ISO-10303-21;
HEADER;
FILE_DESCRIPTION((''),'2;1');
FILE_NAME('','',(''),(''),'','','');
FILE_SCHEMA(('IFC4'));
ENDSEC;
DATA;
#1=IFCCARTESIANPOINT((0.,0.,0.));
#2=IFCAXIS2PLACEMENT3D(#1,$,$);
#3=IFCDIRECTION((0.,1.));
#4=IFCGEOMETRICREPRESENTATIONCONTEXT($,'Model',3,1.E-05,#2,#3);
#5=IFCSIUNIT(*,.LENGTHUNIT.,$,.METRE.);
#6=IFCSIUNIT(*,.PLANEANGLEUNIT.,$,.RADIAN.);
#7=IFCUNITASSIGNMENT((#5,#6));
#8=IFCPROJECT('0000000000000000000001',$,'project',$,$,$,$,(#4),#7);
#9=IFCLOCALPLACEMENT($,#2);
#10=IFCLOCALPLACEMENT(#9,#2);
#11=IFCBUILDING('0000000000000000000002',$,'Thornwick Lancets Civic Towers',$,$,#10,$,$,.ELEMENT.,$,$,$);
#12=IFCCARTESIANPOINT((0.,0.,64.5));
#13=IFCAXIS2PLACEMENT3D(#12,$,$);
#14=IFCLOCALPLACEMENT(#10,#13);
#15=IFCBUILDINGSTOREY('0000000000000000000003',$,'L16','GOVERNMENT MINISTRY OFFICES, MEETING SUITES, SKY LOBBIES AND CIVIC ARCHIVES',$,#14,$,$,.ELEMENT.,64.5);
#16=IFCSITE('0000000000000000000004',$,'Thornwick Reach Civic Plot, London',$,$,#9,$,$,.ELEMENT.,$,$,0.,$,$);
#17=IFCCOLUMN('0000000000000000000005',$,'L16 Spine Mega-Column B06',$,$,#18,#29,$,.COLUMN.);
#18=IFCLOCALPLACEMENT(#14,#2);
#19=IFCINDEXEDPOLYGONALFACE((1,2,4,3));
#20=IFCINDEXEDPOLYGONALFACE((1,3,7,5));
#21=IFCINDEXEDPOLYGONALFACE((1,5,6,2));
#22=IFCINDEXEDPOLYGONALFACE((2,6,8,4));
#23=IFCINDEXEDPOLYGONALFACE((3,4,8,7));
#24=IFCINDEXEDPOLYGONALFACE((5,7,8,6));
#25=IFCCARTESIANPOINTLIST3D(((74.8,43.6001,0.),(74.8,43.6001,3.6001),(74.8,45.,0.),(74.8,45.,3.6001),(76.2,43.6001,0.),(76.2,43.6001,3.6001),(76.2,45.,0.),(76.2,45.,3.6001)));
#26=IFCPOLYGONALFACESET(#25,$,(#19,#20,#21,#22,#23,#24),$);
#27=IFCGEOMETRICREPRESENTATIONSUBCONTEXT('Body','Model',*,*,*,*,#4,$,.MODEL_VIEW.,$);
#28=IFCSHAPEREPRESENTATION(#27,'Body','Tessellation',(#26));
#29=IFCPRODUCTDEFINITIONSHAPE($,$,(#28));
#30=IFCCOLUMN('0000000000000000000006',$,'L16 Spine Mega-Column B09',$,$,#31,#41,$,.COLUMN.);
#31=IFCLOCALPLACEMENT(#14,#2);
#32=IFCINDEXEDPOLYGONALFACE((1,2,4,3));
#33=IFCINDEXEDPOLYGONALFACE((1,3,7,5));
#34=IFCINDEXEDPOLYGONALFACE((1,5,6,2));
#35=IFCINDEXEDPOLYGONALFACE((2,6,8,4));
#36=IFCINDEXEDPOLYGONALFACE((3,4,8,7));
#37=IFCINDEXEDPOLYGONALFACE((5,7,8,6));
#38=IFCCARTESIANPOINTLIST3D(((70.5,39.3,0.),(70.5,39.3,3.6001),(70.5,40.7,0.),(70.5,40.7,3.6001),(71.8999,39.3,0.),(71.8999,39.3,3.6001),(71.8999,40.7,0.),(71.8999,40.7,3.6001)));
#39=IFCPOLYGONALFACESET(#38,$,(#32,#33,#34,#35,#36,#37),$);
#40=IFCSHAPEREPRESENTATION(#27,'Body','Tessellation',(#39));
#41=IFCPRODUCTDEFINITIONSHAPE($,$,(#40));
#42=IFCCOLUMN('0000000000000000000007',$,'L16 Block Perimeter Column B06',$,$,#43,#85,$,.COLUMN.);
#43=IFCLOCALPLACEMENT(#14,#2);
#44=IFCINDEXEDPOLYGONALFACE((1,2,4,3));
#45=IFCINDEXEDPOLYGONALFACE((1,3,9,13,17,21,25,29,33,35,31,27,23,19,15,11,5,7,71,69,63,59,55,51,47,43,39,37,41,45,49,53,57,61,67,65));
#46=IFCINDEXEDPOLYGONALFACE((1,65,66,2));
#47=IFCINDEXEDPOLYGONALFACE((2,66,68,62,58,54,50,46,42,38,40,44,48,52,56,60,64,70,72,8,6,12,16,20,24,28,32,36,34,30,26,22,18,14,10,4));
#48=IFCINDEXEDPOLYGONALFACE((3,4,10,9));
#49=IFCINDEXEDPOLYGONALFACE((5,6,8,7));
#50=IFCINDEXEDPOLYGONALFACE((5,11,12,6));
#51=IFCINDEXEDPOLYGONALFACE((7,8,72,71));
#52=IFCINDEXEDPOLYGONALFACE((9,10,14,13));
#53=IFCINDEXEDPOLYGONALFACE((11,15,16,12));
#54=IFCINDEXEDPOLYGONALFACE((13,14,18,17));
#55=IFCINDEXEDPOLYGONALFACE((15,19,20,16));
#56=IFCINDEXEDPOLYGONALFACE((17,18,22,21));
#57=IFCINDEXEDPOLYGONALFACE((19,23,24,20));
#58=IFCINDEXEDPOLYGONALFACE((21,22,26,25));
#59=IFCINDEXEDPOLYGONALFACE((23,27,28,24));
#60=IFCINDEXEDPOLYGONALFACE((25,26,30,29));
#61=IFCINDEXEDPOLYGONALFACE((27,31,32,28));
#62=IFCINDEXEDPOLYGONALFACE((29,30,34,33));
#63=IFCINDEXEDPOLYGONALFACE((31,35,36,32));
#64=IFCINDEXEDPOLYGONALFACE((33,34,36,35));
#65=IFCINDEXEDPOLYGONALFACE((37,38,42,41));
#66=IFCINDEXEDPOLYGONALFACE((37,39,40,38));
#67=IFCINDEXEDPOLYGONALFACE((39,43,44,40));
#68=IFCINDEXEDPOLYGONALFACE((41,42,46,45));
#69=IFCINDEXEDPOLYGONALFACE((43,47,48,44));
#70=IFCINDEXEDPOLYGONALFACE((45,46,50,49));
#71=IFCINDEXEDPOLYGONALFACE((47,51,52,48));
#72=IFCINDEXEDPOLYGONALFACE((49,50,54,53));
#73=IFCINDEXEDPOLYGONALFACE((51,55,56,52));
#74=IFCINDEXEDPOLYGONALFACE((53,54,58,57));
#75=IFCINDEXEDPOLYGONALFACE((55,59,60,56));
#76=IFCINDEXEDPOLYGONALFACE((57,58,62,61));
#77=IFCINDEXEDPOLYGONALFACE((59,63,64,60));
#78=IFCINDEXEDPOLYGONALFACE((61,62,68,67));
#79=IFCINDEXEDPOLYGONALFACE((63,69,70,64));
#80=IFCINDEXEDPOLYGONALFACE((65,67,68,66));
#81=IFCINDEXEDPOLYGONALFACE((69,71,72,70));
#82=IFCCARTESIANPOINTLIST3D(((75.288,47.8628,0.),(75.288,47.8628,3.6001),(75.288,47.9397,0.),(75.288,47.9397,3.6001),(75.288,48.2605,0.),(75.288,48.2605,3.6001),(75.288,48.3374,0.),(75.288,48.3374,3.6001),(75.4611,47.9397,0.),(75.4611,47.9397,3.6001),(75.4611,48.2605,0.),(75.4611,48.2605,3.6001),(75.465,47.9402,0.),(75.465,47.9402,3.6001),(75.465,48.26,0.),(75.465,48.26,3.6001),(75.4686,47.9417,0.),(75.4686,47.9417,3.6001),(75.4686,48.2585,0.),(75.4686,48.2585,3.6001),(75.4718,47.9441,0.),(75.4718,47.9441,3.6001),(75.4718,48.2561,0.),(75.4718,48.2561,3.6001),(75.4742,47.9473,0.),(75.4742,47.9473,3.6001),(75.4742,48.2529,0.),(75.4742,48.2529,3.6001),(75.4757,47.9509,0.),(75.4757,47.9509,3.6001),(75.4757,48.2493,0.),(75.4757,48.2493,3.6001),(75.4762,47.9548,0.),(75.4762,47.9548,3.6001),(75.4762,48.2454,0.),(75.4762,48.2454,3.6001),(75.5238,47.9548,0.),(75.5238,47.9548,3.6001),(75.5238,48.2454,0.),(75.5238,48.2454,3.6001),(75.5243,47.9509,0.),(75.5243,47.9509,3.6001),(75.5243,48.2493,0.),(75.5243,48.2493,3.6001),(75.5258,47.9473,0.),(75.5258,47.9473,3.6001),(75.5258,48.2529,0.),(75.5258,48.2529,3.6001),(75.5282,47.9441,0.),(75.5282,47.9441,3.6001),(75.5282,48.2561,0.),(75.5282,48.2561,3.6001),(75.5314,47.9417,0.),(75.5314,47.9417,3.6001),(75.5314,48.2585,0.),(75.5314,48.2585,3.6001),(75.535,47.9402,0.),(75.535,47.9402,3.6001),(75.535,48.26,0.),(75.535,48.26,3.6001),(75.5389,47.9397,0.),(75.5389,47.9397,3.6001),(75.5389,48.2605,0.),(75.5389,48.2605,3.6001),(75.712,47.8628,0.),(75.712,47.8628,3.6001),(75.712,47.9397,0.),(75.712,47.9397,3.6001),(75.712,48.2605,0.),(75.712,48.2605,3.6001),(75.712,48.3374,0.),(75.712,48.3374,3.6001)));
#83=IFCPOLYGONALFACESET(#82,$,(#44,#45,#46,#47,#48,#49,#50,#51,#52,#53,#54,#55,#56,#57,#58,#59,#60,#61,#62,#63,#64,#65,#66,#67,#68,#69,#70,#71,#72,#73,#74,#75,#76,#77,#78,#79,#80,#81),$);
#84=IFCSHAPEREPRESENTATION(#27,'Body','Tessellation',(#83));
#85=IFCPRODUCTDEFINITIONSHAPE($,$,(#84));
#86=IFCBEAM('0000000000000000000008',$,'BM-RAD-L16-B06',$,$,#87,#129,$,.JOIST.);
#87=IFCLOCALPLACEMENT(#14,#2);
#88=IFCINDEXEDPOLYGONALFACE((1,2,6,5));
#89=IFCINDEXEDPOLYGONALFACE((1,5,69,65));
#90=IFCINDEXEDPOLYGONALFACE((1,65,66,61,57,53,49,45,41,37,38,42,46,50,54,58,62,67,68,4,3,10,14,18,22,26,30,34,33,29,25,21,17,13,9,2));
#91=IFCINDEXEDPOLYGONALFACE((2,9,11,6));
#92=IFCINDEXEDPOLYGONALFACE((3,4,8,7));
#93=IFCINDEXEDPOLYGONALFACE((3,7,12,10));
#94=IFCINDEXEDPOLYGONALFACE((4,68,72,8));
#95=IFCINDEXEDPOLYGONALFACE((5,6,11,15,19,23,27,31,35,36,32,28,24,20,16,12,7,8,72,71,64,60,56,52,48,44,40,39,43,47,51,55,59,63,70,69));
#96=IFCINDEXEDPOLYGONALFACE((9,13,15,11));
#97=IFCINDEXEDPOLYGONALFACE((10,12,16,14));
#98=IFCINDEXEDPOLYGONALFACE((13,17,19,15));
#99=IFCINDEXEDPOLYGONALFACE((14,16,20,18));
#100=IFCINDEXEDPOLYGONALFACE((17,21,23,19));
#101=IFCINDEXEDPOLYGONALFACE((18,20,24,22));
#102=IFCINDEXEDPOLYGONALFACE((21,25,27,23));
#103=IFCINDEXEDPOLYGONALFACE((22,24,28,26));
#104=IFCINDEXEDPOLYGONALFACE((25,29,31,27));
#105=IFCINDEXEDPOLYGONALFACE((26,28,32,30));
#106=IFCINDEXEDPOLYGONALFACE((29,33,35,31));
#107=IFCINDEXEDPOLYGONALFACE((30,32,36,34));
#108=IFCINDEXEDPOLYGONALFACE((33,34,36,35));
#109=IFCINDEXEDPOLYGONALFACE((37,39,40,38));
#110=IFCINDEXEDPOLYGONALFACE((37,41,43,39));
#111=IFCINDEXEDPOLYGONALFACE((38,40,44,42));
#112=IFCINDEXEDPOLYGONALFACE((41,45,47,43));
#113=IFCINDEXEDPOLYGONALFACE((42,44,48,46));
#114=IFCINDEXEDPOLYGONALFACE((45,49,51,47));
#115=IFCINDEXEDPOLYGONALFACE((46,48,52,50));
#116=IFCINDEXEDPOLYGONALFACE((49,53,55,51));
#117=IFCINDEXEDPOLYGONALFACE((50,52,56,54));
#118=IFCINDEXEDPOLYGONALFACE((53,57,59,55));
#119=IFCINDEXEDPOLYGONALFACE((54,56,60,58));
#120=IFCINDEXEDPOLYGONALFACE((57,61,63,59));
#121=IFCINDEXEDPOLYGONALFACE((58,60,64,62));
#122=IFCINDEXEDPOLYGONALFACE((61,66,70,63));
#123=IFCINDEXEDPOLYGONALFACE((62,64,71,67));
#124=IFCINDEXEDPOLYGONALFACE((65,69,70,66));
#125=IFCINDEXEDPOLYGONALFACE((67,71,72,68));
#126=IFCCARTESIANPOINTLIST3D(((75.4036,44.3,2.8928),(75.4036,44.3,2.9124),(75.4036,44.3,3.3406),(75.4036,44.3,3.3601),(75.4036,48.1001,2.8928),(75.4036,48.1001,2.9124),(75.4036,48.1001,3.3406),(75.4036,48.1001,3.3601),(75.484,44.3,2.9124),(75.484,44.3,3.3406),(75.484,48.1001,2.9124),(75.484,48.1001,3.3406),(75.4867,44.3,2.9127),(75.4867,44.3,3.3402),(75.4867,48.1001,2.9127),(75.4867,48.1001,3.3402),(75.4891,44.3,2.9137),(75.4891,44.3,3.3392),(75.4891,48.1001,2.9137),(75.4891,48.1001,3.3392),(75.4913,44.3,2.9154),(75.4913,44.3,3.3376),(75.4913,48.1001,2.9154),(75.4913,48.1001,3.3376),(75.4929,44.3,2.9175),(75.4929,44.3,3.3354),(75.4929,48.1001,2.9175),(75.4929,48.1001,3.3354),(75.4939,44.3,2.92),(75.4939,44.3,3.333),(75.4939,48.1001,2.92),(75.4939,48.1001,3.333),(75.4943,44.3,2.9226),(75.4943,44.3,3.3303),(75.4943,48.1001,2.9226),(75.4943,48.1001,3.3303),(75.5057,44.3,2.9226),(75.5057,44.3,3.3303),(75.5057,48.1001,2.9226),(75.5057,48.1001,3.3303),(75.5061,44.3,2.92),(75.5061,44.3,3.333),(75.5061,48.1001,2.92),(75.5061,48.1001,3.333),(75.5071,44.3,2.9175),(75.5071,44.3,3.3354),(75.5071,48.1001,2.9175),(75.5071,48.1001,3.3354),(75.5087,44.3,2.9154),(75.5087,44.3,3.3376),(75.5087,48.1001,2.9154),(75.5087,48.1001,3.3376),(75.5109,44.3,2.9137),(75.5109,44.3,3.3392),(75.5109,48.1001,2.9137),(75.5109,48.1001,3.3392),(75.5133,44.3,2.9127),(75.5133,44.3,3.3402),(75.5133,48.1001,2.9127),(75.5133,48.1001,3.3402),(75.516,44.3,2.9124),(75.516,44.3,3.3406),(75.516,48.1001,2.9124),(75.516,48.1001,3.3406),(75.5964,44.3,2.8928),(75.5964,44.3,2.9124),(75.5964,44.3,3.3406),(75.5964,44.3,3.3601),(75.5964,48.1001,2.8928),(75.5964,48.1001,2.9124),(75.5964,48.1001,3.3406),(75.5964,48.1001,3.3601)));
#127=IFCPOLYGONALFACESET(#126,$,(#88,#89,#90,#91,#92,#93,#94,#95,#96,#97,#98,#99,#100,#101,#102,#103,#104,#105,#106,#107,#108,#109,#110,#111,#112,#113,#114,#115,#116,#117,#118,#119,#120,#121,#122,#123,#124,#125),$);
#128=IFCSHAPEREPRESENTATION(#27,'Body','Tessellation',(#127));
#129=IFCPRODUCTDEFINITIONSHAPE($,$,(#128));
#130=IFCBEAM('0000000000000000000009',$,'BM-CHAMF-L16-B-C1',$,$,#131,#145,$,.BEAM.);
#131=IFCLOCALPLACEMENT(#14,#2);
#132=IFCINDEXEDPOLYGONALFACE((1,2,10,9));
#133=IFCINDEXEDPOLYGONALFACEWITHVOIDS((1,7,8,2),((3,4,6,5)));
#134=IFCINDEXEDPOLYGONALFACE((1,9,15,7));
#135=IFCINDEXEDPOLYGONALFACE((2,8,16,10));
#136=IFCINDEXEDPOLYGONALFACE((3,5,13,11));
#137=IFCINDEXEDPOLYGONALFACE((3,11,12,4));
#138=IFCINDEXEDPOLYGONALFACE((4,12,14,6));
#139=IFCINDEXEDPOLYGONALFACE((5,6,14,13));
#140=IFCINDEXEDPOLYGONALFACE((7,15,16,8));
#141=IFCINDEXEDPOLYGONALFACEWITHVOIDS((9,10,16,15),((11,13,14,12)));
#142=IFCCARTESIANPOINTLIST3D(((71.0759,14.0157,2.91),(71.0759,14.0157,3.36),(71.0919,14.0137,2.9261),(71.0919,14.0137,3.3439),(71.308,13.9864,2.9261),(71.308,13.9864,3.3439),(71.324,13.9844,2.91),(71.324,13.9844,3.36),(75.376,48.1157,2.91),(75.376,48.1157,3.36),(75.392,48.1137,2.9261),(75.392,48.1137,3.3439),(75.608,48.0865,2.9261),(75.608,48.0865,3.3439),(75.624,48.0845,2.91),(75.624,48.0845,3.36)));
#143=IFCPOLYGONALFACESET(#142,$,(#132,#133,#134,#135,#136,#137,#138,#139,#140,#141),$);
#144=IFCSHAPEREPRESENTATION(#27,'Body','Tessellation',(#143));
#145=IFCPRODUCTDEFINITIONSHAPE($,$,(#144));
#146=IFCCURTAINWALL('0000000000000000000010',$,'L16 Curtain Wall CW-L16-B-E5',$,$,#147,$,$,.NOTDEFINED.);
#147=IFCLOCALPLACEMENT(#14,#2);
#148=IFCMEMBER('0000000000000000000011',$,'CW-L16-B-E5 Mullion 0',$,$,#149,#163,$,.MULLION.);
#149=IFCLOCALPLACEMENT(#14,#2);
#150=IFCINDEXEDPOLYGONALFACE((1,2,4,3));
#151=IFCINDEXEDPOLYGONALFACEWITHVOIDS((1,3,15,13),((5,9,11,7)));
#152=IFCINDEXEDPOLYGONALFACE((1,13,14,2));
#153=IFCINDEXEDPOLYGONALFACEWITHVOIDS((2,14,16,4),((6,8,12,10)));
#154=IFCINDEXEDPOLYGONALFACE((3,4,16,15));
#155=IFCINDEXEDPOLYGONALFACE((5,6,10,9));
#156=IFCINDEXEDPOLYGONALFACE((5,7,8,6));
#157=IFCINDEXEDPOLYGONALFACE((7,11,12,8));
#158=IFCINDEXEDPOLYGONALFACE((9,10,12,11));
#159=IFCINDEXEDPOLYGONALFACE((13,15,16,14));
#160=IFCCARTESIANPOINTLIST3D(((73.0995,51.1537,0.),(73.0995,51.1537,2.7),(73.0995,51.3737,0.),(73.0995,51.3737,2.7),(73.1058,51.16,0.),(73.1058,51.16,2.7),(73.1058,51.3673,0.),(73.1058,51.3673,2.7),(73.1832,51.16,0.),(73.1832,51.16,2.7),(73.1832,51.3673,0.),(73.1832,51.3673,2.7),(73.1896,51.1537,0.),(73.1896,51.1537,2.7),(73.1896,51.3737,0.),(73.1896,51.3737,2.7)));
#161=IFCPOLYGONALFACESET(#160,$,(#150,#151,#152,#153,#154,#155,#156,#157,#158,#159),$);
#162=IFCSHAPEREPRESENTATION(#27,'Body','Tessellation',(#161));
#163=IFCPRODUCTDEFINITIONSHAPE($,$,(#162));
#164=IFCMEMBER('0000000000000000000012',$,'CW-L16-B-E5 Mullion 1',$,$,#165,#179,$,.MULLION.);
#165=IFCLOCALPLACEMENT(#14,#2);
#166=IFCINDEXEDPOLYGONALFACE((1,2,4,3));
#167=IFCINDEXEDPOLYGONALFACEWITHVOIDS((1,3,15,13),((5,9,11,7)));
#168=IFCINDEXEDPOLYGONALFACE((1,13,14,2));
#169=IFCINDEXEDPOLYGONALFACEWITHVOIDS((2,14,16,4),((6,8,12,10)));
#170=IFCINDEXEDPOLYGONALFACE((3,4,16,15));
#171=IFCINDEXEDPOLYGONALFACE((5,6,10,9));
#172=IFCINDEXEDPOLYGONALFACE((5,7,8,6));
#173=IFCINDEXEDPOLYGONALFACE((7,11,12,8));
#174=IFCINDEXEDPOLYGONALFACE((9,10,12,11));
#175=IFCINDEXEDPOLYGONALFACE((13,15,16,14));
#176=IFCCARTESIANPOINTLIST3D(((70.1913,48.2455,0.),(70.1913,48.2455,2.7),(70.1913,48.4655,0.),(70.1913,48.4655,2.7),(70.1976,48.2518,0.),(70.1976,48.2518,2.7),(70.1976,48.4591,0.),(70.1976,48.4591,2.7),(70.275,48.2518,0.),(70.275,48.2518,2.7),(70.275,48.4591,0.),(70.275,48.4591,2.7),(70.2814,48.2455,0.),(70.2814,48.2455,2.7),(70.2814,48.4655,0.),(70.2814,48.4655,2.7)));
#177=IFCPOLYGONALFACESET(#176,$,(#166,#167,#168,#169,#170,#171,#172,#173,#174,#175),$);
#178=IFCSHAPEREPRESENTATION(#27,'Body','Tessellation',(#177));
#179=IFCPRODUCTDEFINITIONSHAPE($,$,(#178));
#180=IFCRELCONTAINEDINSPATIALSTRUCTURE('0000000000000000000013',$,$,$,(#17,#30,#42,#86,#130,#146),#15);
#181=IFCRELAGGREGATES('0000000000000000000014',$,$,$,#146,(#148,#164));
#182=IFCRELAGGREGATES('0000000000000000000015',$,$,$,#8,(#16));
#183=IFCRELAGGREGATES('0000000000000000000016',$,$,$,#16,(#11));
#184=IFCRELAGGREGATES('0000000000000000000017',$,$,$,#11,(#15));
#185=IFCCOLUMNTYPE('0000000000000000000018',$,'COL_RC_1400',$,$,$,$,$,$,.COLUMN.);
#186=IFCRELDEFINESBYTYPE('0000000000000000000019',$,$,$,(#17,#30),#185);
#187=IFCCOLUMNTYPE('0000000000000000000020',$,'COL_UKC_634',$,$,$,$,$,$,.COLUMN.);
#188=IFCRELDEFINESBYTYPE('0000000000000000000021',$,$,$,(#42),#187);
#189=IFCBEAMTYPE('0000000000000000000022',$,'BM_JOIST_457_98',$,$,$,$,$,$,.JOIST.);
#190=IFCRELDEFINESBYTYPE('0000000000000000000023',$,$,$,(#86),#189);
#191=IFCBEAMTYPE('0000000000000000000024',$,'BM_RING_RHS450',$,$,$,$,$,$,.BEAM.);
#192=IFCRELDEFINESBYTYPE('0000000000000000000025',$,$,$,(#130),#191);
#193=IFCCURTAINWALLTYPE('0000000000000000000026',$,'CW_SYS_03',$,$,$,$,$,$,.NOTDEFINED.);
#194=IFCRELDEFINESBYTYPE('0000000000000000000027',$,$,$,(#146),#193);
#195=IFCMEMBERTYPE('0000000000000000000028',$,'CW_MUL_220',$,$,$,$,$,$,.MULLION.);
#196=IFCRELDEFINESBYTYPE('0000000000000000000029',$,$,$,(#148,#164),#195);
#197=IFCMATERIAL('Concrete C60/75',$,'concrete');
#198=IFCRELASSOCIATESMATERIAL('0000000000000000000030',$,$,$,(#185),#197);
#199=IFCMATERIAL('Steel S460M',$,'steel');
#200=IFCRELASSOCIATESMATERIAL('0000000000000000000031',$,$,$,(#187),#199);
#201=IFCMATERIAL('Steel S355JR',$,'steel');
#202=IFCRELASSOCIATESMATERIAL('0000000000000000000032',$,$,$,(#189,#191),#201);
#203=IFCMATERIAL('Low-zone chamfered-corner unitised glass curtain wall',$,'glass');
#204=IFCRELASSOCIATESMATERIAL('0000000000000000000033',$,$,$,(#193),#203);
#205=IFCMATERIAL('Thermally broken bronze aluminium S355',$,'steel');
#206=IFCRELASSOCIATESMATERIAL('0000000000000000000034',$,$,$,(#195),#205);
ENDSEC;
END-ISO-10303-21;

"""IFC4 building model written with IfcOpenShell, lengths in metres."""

from ifc_helpers import new_model, si_unit, direction, frame, origin, origin_2d, place, context, subcontext, project, spatial, rectangle, hollow_rectangle, i_section, extrude, material, material_profile, profile_set, type_object, element, aggregate, save


model = new_model("IFC4")

# Units and contexts
model_context = context("Model", 3, precision=1e-05, world=origin(), true_north=direction((0.0, 1.0)))
body_context = subcontext(model_context, "Body", "Model", "MODEL_VIEW")
ifc_project = project(units=[si_unit("LENGTHUNIT", "METRE"), si_unit("PLANEANGLEUNIT", "RADIAN")], contexts=[model_context])

# Site, building, storey
site_placement = place(None, origin())
site = spatial("IfcSite", under=ifc_project, at=site_placement, Name="Thornwick Reach Civic Plot, London", CompositionType="ELEMENT", RefElevation=0.0)
building_placement = place(site_placement, origin())
building = spatial("IfcBuilding", under=site, at=building_placement, Name="Thornwick Lancets Civic Towers", CompositionType="ELEMENT")
storey_placement = place(building_placement, frame((0.0, 0.0, 64.5)))
storey = spatial("IfcBuildingStorey", under=building, at=storey_placement, Name="L16", Description="GOVERNMENT MINISTRY OFFICES, MEETING SUITES, SKY LOBBIES AND CIVIC ARCHIVES", CompositionType="ELEMENT", Elevation=64.5)

# Columns
ifc_material_1 = material(Name="Concrete C60/75", Category="concrete")
ifc_material_profile_1 = material_profile(ifc_material_1, rectangle(XDim=1.3999, YDim=1.3999, at=origin_2d()), Name="RC 1400x1400")
ifc_profile_set_1 = profile_set([ifc_material_profile_1], Name="Concrete C60/75")
column_type_1 = type_object("IfcColumnType", Name="COL_RC_1400", PredefinedType="COLUMN", material=ifc_profile_set_1)
for number, where, z_axis, x_axis, name in (
    (1, (75.5, 44.3, 0.0), (0.0, 0.0, 1.0), (1.0, 0.0, 0.0), "L16 Spine Mega-Column B06"),
    (2, (71.2, 40.0, 0.0), (0.0, 0.0, 1.0), (1.0, 0.0, 0.0), "L16 Spine Mega-Column B09"),
):
    element("IfcColumn", number, at=place(storey_placement, frame(where, z_axis=z_axis, x_axis=x_axis)), inside=storey, type_object=column_type_1, Name=name, PredefinedType="COLUMN", context=body_context, shape_type="SweptSolid", body=[
        extrude(rectangle(XDim=1.3999, YDim=1.3999, at=origin_2d()), origin(), (0.0, 0.0, 1.0), 3.6001),
    ])
ifc_material_2 = material(Name="Steel S460M", Category="steel")
ifc_material_profile_2 = material_profile(ifc_material_2, i_section(OverallWidth=0.4241, OverallDepth=0.4746, WebThickness=0.0476, FlangeThickness=0.0769, FilletRadius=0.0151, at=origin_2d()), Name="UKC 356x406x634")
ifc_profile_set_2 = profile_set([ifc_material_profile_2], Name="Steel S460M")
column_type_2 = type_object("IfcColumnType", Name="COL_UKC_634", PredefinedType="COLUMN", material=ifc_profile_set_2)
column_placement = place(storey_placement, frame((75.5, 48.1001, 0.0), z_axis=(0.0, 0.0, 1.0), x_axis=(1.0, 0.0, 0.0)))
element("IfcColumn", 3, at=column_placement, inside=storey, type_object=column_type_2, Name="L16 Block Perimeter Column B06", PredefinedType="COLUMN", context=body_context, shape_type="SweptSolid", body=[
    extrude(i_section(OverallWidth=0.4241, OverallDepth=0.4746, WebThickness=0.0476, FlangeThickness=0.0769, FilletRadius=0.0151, at=origin_2d()), origin(), (0.0, 0.0, 1.0), 3.6001),
])

# Beams
ifc_material_3 = material(Name="Steel S355JR", Category="steel")
ifc_material_profile_3 = material_profile(ifc_material_3, i_section(OverallWidth=0.1929, OverallDepth=0.4673, WebThickness=0.0115, FlangeThickness=0.0195, FilletRadius=0.0103, at=origin_2d()), Name="UKB 457x191x98")
ifc_profile_set_3 = profile_set([ifc_material_profile_3], Name="Steel S355JR")
beam_type_1 = type_object("IfcBeamType", Name="BM_JOIST_457_98", PredefinedType="JOIST", material=ifc_profile_set_3)
beam_1_placement = place(storey_placement, frame((75.5, 44.3, 3.1265), z_axis=(0.0, 1.0, 0.0), x_axis=(-1.0, 0.0, 0.0)))
element("IfcBeam", 4, at=beam_1_placement, inside=storey, type_object=beam_type_1, Name="BM-RAD-L16-B06", PredefinedType="JOIST", context=body_context, shape_type="SweptSolid", body=[
    extrude(i_section(OverallWidth=0.1929, OverallDepth=0.4673, WebThickness=0.0115, FlangeThickness=0.0195, FilletRadius=0.0103, at=origin_2d()), origin(), (0.0, 0.0, 1.0), 3.8),
])
ifc_material_profile_4 = material_profile(ifc_material_3, hollow_rectangle(XDim=0.25, YDim=0.45, WallThickness=0.0161, at=origin_2d()), Name="RHS 450x250x16")
ifc_profile_set_4 = profile_set([ifc_material_profile_4], Name="Steel S355JR")
beam_type_2 = type_object("IfcBeamType", Name="BM_RING_RHS450", PredefinedType="BEAM", material=ifc_profile_set_4)
beam_2_placement = place(storey_placement, frame((75.5, 48.1001, 3.135), z_axis=(-0.12511, -0.992143, 0.0), x_axis=(0.992143, -0.12511, 0.0)))
element("IfcBeam", 5, at=beam_2_placement, inside=storey, type_object=beam_type_2, Name="BM-CHAMF-L16-B-C1", PredefinedType="BEAM", context=body_context, shape_type="SweptSolid", body=[
    extrude(hollow_rectangle(XDim=0.25, YDim=0.45, WallThickness=0.0161, at=origin_2d()), origin(), (0.0, 0.0, 1.0), 34.3701),
])

# Curtain wall, members
ifc_material_4 = material(Name="Low-zone chamfered-corner unitised glass curtain wall", Category="glass")
curtain_wall_type = type_object("IfcCurtainWallType", Name="CW_SYS_03", PredefinedType="NOTDEFINED", material=ifc_material_4)
curtain_wall_placement = place(storey_placement, origin())
curtain_wall = element("IfcCurtainWall", 6, at=curtain_wall_placement, inside=storey, type_object=curtain_wall_type, Name="L16 Curtain Wall CW-L16-B-E5", PredefinedType="NOTDEFINED")
ifc_material_5 = material(Name="Thermally broken bronze aluminium S355", Category="steel")
ifc_material_profile_5 = material_profile(ifc_material_5, hollow_rectangle(XDim=0.0901, YDim=0.22, WallThickness=0.0063, at=origin_2d()), Name="RHS 220x90x6.3")
ifc_profile_set_5 = profile_set([ifc_material_profile_5], Name="Thermally broken bronze aluminium S355")
member_type_1 = type_object("IfcMemberType", Name="CW_MUL_220", PredefinedType="MULLION", material=ifc_profile_set_5)
member_1_placement = place(storey_placement, frame((73.1445, 51.2637, 0.0), z_axis=(0.0, 0.0, 1.0), x_axis=(1.0, 0.0, 0.0)))
member_1 = element("IfcMember", 7, at=member_1_placement, type_object=member_type_1, Name="CW-L16-B-E5 Mullion 0", PredefinedType="MULLION", context=body_context, shape_type="SweptSolid", body=[
    extrude(hollow_rectangle(XDim=0.0901, YDim=0.22, WallThickness=0.0063, at=origin_2d()), origin(), (0.0, 0.0, 1.0), 2.7),
])
member_2_placement = place(storey_placement, frame((70.2363, 48.3555, 0.0), z_axis=(0.0, 0.0, 1.0), x_axis=(1.0, 0.0, 0.0)))
member_2 = element("IfcMember", 8, at=member_2_placement, type_object=member_type_1, Name="CW-L16-B-E5 Mullion 1", PredefinedType="MULLION", context=body_context, shape_type="SweptSolid", body=[
    extrude(hollow_rectangle(XDim=0.0901, YDim=0.22, WallThickness=0.0063, at=origin_2d()), origin(), (0.0, 0.0, 1.0), 2.7),
])
aggregate(curtain_wall, [member_1, member_2])

save(model, "model.ifc")
